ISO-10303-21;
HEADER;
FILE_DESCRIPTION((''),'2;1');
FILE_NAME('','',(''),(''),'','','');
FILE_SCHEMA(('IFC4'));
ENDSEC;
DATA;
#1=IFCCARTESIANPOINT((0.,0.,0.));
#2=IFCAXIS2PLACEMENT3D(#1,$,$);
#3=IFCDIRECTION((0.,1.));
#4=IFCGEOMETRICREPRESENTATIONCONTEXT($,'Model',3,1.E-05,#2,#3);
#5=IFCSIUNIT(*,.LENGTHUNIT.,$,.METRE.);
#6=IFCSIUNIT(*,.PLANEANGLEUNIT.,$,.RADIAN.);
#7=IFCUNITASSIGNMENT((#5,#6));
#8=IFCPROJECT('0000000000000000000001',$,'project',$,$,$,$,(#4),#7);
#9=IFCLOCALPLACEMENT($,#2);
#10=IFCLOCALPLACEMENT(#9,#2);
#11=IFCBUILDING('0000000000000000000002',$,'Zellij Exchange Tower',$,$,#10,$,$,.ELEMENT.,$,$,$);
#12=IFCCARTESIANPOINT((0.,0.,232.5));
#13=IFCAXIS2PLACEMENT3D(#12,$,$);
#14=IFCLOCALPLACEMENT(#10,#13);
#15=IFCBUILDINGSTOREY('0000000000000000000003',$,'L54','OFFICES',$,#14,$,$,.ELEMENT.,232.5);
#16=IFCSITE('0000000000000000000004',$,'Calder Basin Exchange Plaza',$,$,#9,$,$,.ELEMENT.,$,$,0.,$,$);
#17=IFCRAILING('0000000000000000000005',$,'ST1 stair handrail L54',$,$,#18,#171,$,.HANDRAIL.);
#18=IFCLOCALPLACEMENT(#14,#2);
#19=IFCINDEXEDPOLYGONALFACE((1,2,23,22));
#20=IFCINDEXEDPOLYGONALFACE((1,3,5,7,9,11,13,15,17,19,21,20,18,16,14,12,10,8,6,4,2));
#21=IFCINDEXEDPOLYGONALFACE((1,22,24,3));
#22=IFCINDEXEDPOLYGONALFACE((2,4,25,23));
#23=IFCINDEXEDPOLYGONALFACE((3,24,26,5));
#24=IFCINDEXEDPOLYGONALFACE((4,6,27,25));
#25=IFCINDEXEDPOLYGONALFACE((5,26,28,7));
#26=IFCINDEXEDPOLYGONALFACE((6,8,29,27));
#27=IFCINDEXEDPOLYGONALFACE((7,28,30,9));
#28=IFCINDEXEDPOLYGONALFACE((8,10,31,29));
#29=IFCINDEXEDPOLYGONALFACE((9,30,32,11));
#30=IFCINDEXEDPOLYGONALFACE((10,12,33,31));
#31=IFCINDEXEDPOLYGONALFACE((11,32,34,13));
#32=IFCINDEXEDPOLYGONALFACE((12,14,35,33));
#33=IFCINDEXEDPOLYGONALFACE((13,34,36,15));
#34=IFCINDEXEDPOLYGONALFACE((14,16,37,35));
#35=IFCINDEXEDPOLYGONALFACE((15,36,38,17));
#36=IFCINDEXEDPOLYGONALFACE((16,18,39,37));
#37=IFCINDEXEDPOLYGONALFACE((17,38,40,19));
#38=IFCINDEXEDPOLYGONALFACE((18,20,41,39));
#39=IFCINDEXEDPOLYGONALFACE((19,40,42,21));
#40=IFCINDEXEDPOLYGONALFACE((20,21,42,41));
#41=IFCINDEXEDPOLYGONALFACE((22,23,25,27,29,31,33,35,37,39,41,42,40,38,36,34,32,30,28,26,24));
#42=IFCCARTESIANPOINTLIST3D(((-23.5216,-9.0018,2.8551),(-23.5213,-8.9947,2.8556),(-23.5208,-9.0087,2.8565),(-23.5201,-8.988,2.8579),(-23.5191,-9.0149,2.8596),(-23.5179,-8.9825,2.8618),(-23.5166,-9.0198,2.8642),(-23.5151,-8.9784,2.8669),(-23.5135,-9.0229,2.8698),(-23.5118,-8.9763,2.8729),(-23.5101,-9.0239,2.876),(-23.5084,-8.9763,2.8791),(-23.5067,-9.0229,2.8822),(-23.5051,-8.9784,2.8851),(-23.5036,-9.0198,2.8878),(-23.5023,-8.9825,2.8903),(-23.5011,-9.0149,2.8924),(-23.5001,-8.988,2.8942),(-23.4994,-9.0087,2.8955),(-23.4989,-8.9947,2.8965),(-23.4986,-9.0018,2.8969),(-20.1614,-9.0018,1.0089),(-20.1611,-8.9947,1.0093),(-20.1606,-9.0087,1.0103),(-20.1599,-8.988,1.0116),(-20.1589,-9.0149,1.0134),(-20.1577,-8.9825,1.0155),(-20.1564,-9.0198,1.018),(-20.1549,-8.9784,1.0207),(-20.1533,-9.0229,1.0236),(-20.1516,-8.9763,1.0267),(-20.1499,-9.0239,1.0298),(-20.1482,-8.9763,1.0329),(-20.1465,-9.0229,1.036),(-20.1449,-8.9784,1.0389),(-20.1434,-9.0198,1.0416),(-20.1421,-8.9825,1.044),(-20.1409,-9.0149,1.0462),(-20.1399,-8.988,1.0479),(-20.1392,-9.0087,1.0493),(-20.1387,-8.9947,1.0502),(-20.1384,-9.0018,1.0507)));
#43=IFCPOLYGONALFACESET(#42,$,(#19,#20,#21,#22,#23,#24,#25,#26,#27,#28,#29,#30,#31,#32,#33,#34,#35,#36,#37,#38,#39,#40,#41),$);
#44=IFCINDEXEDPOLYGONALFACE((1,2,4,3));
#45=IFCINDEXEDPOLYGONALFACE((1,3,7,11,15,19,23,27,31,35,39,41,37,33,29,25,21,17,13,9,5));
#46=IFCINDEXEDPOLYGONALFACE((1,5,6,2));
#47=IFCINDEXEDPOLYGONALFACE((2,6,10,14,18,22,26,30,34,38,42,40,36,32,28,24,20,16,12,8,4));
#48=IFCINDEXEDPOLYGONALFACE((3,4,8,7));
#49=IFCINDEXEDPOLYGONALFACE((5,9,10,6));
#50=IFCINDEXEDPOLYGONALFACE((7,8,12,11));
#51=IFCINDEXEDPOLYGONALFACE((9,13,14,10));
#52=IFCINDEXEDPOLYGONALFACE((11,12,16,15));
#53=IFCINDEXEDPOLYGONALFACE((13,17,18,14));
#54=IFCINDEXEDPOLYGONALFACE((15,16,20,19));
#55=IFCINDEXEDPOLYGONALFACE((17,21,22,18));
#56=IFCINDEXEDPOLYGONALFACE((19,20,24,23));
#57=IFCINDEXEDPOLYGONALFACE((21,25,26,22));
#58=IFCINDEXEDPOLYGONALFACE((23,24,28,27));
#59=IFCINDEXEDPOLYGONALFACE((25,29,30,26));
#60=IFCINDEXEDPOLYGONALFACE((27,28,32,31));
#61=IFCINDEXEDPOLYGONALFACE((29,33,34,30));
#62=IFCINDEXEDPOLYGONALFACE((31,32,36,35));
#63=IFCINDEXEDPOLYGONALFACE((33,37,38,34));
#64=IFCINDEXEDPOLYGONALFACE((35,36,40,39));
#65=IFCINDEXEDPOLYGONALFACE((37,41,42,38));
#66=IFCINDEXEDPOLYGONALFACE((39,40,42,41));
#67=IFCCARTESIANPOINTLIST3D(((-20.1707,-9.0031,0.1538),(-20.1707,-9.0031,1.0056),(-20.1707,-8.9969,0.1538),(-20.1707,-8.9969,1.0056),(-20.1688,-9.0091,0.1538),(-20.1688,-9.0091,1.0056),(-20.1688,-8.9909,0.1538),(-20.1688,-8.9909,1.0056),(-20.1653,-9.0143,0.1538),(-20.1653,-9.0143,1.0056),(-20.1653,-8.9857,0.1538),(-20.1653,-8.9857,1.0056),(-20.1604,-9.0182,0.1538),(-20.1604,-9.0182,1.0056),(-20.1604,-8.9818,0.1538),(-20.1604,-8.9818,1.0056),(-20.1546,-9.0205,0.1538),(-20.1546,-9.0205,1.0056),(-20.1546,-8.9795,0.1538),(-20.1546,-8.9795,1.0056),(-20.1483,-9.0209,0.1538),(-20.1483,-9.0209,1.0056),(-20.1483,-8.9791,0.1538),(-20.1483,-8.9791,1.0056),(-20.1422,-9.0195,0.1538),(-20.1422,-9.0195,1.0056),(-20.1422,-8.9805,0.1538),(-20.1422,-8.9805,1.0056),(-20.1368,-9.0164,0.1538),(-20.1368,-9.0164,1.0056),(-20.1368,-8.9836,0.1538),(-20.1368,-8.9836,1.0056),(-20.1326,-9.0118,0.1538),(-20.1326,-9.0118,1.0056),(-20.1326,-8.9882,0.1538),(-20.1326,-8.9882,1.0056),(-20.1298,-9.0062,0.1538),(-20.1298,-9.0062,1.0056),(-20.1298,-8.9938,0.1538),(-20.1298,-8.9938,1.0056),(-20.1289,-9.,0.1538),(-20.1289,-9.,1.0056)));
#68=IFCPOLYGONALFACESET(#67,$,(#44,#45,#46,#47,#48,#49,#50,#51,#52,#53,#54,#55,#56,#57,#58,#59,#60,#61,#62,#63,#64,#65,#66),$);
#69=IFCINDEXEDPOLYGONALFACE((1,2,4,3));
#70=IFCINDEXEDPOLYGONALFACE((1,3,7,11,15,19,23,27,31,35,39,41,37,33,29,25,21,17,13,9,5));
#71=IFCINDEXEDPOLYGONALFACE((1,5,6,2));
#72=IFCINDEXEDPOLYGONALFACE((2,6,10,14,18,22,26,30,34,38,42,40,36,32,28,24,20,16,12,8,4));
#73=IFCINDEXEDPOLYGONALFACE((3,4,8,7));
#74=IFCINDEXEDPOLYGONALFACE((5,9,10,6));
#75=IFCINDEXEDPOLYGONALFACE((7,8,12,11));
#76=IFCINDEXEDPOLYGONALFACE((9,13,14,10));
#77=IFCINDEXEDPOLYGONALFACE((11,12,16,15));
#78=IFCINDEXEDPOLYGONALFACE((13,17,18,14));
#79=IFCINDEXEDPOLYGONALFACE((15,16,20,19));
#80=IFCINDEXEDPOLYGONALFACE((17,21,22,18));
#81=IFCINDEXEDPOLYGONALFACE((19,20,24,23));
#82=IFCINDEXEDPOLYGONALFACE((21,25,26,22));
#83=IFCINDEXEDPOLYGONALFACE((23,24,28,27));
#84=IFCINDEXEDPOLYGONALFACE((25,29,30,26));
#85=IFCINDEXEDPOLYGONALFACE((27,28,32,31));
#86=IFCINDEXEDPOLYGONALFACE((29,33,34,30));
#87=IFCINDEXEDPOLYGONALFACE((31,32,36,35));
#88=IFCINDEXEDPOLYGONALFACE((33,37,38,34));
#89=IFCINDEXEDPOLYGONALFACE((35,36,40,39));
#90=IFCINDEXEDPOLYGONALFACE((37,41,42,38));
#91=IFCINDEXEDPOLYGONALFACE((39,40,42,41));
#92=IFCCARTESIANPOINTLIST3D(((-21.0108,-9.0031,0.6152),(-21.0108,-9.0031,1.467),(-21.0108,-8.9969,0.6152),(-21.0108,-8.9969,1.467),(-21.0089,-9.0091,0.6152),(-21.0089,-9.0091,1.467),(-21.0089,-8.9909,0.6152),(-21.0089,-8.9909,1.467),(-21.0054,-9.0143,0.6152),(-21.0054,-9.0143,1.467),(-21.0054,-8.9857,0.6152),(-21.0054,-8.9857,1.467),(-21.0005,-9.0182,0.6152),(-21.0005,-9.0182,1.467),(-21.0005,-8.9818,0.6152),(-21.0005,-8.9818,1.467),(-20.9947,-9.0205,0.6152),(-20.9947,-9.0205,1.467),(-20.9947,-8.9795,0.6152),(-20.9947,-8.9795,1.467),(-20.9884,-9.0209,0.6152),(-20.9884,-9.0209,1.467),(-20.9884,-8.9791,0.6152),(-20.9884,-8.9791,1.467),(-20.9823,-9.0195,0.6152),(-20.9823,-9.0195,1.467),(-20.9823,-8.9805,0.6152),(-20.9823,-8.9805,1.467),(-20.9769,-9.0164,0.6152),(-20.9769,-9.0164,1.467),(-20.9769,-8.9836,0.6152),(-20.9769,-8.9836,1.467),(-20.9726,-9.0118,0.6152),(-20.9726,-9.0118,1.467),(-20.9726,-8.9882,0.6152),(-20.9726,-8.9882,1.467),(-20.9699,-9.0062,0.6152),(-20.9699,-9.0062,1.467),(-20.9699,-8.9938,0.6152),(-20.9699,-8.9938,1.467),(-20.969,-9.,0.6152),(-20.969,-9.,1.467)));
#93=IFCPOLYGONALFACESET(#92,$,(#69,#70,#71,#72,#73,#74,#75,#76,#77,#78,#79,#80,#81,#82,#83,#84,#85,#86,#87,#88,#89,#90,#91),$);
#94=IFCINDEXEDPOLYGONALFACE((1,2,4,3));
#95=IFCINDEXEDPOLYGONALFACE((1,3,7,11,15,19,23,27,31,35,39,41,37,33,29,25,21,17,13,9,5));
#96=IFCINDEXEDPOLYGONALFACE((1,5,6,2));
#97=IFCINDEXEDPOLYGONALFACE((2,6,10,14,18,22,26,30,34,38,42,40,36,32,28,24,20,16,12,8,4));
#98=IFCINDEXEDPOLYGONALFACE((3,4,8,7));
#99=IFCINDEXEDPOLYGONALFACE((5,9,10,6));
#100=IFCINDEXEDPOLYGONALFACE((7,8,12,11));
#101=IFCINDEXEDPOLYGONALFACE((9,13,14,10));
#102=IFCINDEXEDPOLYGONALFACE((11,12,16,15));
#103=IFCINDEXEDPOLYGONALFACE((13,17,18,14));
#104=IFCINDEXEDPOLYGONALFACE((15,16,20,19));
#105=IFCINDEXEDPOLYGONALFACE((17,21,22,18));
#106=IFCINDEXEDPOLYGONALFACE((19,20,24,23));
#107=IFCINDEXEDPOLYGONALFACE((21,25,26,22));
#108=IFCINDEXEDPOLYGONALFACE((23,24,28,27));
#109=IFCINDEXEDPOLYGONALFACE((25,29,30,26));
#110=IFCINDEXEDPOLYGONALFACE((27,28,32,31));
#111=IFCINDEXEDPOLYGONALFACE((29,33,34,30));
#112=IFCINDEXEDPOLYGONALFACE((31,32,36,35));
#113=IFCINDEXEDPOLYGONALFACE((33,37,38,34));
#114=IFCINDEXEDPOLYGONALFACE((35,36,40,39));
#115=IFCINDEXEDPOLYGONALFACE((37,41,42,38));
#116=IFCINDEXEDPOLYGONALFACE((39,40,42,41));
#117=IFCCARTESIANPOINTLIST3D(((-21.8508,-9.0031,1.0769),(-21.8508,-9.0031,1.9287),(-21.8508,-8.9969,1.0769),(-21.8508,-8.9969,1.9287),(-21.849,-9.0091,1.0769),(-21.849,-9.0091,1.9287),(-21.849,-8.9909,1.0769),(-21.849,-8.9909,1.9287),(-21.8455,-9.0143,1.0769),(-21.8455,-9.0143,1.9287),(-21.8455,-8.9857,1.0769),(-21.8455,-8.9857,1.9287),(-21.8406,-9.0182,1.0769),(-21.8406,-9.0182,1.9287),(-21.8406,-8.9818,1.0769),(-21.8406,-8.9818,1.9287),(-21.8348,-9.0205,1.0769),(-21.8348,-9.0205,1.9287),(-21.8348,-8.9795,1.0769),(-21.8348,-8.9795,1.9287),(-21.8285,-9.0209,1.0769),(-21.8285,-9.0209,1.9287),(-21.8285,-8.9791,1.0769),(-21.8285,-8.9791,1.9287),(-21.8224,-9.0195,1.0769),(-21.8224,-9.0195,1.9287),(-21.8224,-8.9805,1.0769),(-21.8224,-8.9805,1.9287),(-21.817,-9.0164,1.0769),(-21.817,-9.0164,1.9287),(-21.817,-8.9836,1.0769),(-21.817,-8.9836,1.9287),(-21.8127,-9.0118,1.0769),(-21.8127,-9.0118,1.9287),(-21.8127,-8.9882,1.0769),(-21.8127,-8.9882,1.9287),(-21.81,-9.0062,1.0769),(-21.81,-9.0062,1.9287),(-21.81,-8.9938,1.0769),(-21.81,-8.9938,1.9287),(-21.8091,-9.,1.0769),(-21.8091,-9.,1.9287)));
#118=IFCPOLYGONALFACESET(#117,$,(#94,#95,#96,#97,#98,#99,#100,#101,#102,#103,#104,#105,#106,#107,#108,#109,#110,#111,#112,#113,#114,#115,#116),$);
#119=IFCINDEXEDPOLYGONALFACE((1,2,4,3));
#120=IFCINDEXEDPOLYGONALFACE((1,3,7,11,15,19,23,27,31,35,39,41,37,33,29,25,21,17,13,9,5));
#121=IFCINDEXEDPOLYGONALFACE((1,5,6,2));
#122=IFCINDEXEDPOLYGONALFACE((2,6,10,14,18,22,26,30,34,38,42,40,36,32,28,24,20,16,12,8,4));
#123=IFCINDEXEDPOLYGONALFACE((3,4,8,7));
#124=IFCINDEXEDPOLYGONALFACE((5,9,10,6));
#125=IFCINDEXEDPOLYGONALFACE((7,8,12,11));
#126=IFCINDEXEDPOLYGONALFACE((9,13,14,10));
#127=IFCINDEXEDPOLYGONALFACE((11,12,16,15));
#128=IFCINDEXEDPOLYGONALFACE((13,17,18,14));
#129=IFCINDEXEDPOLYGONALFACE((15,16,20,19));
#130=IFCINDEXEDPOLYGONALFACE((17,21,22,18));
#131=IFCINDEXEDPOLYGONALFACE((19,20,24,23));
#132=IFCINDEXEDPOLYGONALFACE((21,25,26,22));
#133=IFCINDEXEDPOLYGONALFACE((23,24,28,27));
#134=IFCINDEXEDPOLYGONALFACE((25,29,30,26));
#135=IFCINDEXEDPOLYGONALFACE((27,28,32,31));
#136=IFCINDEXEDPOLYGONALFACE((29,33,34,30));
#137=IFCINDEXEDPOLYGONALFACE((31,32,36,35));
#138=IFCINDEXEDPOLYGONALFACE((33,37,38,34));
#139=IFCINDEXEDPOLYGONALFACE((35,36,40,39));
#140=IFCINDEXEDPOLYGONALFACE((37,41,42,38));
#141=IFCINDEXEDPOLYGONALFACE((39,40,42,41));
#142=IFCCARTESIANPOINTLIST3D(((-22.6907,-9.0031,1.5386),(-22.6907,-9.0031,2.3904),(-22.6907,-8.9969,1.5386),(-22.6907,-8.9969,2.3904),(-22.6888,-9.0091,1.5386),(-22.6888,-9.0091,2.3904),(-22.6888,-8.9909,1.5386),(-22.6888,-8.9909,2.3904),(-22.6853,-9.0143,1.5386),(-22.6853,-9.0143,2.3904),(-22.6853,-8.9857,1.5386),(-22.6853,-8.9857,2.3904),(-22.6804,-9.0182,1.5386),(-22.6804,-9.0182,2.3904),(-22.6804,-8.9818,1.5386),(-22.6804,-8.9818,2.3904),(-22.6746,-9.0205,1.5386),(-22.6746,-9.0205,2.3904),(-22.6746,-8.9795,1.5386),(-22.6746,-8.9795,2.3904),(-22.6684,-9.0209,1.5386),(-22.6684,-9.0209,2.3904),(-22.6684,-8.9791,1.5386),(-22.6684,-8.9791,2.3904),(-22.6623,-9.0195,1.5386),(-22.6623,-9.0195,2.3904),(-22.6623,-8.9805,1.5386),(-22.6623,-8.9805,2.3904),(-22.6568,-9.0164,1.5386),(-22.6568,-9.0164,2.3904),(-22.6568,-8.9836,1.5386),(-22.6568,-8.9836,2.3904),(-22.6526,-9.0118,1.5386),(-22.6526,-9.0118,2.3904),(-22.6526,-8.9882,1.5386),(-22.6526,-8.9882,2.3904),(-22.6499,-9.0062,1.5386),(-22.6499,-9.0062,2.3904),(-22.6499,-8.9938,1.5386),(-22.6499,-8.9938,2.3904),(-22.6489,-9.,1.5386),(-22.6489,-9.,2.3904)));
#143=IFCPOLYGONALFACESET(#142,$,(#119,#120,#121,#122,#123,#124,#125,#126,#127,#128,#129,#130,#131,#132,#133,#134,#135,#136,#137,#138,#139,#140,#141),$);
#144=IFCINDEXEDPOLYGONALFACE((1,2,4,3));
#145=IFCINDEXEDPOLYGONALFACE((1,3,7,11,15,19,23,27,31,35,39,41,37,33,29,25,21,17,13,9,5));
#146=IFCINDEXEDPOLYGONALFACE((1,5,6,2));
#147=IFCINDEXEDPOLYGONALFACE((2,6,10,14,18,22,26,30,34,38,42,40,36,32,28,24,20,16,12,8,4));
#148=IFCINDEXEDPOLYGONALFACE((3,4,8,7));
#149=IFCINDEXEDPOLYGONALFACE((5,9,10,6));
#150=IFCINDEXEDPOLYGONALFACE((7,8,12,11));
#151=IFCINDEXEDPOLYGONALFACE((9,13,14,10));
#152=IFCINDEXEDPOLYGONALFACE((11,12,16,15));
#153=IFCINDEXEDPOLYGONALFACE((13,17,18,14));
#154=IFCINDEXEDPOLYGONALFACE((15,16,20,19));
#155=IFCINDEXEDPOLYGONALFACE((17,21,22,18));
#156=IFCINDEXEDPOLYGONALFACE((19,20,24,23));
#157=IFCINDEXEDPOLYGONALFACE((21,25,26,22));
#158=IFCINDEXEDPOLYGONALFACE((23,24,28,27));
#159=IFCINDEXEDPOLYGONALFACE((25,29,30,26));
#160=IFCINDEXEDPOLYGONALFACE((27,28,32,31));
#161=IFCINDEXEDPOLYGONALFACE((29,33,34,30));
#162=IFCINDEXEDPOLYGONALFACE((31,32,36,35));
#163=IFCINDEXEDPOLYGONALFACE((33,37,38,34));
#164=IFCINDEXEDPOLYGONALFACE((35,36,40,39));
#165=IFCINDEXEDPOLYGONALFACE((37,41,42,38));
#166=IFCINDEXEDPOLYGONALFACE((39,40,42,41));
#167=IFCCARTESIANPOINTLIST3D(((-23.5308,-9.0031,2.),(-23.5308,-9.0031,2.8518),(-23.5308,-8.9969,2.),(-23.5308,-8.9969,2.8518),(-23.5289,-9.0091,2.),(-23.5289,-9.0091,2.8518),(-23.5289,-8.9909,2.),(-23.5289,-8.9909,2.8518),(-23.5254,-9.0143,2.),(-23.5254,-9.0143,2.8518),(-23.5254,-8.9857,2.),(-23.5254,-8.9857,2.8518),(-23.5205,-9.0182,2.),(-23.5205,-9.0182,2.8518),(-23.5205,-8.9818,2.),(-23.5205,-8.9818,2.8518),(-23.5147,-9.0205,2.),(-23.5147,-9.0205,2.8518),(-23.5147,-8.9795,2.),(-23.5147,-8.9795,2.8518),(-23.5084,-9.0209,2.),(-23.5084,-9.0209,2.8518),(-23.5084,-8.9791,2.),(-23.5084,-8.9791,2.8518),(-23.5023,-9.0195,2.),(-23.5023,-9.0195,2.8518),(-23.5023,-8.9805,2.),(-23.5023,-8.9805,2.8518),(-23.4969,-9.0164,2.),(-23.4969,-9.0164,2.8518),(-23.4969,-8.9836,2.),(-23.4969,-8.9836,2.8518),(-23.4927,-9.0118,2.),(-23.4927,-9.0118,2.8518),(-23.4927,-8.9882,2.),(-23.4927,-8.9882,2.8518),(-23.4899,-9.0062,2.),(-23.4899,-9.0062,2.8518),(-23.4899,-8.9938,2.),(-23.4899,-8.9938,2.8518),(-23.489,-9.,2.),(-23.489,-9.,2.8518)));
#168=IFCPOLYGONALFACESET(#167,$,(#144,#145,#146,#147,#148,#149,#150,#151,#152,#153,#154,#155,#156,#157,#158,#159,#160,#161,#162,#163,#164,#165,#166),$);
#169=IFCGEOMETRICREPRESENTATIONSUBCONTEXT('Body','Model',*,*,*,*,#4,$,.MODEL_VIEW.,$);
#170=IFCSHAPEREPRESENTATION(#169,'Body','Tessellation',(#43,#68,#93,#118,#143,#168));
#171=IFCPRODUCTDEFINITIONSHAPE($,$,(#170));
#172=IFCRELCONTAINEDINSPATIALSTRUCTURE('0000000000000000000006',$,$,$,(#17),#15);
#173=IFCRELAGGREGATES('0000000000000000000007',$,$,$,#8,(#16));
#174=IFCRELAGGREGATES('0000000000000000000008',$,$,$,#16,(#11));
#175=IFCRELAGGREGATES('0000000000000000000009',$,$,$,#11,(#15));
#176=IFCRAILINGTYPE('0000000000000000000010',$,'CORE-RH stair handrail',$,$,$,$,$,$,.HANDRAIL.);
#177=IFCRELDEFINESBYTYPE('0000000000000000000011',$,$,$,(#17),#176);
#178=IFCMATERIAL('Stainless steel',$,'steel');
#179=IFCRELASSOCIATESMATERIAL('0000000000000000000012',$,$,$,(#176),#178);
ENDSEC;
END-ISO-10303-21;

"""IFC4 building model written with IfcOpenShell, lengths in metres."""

from ifc_helpers import new_model, si_unit, direction, frame, origin, origin_2d, place, context, subcontext, project, spatial, circle, extrude, material, type_object, element, save


model = new_model("IFC4")

# Units and contexts
model_context = context("Model", 3, precision=1e-05, world=origin(), true_north=direction((0.0, 1.0)))
body_context = subcontext(model_context, "Body", "Model", "MODEL_VIEW")
ifc_project = project(units=[si_unit("LENGTHUNIT", "METRE"), si_unit("PLANEANGLEUNIT", "RADIAN")], contexts=[model_context])

# Site, building, storey
site_placement = place(None, origin())
site = spatial("IfcSite", under=ifc_project, at=site_placement, Name="Calder Basin Exchange Plaza", CompositionType="ELEMENT", RefElevation=0.0)
building_placement = place(site_placement, origin())
building = spatial("IfcBuilding", under=site, at=building_placement, Name="Zellij Exchange Tower", CompositionType="ELEMENT")
storey_placement = place(building_placement, frame((0.0, 0.0, 232.5)))
storey = spatial("IfcBuildingStorey", under=building, at=storey_placement, Name="L54", Description="OFFICES", CompositionType="ELEMENT", Elevation=232.5)

# Railing
ifc_material_1 = material(Name="Stainless steel", Category="steel")
railing_type_1 = type_object("IfcRailingType", Name="CORE-RH stair handrail", PredefinedType="HANDRAIL", material=ifc_material_1)
railing_1_placement = place(storey_placement, frame((-20.1499, -9.0, 0.1538)))
element("IfcRailing", 1, at=railing_1_placement, inside=storey, type_object=railing_type_1, Name="ST1 stair handrail L54", PredefinedType="HANDRAIL", context=body_context, shape_type="SweptSolid", body=[
    extrude(circle(Radius=0.0239, at=origin_2d()), frame((0.0, 0.0, 0.876), z_axis=(-0.876422, 0.0, 0.481545), x_axis=(0.0, -1.0, 0.0)), (0.0, 0.0, 1.0), 3.834),
    extrude(circle(Radius=0.021, at=origin_2d()), origin(), (0.0, 0.0, 1.0), 0.8518),
    extrude(circle(Radius=0.021, at=origin_2d()), frame((-0.8401, 0.0, 0.4614)), (0.0, 0.0, 1.0), 0.8518),
    extrude(circle(Radius=0.021, at=origin_2d()), frame((-1.6802, 0.0, 0.9231)), (0.0, 0.0, 1.0), 0.8518),
    extrude(circle(Radius=0.021, at=origin_2d()), frame((-2.52, 0.0, 1.3848)), (0.0, 0.0, 1.0), 0.8518),
    extrude(circle(Radius=0.021, at=origin_2d()), frame((-3.3601, 0.0, 1.8462)), (0.0, 0.0, 1.0), 0.8518),
])

save(model, "model.ifc")
